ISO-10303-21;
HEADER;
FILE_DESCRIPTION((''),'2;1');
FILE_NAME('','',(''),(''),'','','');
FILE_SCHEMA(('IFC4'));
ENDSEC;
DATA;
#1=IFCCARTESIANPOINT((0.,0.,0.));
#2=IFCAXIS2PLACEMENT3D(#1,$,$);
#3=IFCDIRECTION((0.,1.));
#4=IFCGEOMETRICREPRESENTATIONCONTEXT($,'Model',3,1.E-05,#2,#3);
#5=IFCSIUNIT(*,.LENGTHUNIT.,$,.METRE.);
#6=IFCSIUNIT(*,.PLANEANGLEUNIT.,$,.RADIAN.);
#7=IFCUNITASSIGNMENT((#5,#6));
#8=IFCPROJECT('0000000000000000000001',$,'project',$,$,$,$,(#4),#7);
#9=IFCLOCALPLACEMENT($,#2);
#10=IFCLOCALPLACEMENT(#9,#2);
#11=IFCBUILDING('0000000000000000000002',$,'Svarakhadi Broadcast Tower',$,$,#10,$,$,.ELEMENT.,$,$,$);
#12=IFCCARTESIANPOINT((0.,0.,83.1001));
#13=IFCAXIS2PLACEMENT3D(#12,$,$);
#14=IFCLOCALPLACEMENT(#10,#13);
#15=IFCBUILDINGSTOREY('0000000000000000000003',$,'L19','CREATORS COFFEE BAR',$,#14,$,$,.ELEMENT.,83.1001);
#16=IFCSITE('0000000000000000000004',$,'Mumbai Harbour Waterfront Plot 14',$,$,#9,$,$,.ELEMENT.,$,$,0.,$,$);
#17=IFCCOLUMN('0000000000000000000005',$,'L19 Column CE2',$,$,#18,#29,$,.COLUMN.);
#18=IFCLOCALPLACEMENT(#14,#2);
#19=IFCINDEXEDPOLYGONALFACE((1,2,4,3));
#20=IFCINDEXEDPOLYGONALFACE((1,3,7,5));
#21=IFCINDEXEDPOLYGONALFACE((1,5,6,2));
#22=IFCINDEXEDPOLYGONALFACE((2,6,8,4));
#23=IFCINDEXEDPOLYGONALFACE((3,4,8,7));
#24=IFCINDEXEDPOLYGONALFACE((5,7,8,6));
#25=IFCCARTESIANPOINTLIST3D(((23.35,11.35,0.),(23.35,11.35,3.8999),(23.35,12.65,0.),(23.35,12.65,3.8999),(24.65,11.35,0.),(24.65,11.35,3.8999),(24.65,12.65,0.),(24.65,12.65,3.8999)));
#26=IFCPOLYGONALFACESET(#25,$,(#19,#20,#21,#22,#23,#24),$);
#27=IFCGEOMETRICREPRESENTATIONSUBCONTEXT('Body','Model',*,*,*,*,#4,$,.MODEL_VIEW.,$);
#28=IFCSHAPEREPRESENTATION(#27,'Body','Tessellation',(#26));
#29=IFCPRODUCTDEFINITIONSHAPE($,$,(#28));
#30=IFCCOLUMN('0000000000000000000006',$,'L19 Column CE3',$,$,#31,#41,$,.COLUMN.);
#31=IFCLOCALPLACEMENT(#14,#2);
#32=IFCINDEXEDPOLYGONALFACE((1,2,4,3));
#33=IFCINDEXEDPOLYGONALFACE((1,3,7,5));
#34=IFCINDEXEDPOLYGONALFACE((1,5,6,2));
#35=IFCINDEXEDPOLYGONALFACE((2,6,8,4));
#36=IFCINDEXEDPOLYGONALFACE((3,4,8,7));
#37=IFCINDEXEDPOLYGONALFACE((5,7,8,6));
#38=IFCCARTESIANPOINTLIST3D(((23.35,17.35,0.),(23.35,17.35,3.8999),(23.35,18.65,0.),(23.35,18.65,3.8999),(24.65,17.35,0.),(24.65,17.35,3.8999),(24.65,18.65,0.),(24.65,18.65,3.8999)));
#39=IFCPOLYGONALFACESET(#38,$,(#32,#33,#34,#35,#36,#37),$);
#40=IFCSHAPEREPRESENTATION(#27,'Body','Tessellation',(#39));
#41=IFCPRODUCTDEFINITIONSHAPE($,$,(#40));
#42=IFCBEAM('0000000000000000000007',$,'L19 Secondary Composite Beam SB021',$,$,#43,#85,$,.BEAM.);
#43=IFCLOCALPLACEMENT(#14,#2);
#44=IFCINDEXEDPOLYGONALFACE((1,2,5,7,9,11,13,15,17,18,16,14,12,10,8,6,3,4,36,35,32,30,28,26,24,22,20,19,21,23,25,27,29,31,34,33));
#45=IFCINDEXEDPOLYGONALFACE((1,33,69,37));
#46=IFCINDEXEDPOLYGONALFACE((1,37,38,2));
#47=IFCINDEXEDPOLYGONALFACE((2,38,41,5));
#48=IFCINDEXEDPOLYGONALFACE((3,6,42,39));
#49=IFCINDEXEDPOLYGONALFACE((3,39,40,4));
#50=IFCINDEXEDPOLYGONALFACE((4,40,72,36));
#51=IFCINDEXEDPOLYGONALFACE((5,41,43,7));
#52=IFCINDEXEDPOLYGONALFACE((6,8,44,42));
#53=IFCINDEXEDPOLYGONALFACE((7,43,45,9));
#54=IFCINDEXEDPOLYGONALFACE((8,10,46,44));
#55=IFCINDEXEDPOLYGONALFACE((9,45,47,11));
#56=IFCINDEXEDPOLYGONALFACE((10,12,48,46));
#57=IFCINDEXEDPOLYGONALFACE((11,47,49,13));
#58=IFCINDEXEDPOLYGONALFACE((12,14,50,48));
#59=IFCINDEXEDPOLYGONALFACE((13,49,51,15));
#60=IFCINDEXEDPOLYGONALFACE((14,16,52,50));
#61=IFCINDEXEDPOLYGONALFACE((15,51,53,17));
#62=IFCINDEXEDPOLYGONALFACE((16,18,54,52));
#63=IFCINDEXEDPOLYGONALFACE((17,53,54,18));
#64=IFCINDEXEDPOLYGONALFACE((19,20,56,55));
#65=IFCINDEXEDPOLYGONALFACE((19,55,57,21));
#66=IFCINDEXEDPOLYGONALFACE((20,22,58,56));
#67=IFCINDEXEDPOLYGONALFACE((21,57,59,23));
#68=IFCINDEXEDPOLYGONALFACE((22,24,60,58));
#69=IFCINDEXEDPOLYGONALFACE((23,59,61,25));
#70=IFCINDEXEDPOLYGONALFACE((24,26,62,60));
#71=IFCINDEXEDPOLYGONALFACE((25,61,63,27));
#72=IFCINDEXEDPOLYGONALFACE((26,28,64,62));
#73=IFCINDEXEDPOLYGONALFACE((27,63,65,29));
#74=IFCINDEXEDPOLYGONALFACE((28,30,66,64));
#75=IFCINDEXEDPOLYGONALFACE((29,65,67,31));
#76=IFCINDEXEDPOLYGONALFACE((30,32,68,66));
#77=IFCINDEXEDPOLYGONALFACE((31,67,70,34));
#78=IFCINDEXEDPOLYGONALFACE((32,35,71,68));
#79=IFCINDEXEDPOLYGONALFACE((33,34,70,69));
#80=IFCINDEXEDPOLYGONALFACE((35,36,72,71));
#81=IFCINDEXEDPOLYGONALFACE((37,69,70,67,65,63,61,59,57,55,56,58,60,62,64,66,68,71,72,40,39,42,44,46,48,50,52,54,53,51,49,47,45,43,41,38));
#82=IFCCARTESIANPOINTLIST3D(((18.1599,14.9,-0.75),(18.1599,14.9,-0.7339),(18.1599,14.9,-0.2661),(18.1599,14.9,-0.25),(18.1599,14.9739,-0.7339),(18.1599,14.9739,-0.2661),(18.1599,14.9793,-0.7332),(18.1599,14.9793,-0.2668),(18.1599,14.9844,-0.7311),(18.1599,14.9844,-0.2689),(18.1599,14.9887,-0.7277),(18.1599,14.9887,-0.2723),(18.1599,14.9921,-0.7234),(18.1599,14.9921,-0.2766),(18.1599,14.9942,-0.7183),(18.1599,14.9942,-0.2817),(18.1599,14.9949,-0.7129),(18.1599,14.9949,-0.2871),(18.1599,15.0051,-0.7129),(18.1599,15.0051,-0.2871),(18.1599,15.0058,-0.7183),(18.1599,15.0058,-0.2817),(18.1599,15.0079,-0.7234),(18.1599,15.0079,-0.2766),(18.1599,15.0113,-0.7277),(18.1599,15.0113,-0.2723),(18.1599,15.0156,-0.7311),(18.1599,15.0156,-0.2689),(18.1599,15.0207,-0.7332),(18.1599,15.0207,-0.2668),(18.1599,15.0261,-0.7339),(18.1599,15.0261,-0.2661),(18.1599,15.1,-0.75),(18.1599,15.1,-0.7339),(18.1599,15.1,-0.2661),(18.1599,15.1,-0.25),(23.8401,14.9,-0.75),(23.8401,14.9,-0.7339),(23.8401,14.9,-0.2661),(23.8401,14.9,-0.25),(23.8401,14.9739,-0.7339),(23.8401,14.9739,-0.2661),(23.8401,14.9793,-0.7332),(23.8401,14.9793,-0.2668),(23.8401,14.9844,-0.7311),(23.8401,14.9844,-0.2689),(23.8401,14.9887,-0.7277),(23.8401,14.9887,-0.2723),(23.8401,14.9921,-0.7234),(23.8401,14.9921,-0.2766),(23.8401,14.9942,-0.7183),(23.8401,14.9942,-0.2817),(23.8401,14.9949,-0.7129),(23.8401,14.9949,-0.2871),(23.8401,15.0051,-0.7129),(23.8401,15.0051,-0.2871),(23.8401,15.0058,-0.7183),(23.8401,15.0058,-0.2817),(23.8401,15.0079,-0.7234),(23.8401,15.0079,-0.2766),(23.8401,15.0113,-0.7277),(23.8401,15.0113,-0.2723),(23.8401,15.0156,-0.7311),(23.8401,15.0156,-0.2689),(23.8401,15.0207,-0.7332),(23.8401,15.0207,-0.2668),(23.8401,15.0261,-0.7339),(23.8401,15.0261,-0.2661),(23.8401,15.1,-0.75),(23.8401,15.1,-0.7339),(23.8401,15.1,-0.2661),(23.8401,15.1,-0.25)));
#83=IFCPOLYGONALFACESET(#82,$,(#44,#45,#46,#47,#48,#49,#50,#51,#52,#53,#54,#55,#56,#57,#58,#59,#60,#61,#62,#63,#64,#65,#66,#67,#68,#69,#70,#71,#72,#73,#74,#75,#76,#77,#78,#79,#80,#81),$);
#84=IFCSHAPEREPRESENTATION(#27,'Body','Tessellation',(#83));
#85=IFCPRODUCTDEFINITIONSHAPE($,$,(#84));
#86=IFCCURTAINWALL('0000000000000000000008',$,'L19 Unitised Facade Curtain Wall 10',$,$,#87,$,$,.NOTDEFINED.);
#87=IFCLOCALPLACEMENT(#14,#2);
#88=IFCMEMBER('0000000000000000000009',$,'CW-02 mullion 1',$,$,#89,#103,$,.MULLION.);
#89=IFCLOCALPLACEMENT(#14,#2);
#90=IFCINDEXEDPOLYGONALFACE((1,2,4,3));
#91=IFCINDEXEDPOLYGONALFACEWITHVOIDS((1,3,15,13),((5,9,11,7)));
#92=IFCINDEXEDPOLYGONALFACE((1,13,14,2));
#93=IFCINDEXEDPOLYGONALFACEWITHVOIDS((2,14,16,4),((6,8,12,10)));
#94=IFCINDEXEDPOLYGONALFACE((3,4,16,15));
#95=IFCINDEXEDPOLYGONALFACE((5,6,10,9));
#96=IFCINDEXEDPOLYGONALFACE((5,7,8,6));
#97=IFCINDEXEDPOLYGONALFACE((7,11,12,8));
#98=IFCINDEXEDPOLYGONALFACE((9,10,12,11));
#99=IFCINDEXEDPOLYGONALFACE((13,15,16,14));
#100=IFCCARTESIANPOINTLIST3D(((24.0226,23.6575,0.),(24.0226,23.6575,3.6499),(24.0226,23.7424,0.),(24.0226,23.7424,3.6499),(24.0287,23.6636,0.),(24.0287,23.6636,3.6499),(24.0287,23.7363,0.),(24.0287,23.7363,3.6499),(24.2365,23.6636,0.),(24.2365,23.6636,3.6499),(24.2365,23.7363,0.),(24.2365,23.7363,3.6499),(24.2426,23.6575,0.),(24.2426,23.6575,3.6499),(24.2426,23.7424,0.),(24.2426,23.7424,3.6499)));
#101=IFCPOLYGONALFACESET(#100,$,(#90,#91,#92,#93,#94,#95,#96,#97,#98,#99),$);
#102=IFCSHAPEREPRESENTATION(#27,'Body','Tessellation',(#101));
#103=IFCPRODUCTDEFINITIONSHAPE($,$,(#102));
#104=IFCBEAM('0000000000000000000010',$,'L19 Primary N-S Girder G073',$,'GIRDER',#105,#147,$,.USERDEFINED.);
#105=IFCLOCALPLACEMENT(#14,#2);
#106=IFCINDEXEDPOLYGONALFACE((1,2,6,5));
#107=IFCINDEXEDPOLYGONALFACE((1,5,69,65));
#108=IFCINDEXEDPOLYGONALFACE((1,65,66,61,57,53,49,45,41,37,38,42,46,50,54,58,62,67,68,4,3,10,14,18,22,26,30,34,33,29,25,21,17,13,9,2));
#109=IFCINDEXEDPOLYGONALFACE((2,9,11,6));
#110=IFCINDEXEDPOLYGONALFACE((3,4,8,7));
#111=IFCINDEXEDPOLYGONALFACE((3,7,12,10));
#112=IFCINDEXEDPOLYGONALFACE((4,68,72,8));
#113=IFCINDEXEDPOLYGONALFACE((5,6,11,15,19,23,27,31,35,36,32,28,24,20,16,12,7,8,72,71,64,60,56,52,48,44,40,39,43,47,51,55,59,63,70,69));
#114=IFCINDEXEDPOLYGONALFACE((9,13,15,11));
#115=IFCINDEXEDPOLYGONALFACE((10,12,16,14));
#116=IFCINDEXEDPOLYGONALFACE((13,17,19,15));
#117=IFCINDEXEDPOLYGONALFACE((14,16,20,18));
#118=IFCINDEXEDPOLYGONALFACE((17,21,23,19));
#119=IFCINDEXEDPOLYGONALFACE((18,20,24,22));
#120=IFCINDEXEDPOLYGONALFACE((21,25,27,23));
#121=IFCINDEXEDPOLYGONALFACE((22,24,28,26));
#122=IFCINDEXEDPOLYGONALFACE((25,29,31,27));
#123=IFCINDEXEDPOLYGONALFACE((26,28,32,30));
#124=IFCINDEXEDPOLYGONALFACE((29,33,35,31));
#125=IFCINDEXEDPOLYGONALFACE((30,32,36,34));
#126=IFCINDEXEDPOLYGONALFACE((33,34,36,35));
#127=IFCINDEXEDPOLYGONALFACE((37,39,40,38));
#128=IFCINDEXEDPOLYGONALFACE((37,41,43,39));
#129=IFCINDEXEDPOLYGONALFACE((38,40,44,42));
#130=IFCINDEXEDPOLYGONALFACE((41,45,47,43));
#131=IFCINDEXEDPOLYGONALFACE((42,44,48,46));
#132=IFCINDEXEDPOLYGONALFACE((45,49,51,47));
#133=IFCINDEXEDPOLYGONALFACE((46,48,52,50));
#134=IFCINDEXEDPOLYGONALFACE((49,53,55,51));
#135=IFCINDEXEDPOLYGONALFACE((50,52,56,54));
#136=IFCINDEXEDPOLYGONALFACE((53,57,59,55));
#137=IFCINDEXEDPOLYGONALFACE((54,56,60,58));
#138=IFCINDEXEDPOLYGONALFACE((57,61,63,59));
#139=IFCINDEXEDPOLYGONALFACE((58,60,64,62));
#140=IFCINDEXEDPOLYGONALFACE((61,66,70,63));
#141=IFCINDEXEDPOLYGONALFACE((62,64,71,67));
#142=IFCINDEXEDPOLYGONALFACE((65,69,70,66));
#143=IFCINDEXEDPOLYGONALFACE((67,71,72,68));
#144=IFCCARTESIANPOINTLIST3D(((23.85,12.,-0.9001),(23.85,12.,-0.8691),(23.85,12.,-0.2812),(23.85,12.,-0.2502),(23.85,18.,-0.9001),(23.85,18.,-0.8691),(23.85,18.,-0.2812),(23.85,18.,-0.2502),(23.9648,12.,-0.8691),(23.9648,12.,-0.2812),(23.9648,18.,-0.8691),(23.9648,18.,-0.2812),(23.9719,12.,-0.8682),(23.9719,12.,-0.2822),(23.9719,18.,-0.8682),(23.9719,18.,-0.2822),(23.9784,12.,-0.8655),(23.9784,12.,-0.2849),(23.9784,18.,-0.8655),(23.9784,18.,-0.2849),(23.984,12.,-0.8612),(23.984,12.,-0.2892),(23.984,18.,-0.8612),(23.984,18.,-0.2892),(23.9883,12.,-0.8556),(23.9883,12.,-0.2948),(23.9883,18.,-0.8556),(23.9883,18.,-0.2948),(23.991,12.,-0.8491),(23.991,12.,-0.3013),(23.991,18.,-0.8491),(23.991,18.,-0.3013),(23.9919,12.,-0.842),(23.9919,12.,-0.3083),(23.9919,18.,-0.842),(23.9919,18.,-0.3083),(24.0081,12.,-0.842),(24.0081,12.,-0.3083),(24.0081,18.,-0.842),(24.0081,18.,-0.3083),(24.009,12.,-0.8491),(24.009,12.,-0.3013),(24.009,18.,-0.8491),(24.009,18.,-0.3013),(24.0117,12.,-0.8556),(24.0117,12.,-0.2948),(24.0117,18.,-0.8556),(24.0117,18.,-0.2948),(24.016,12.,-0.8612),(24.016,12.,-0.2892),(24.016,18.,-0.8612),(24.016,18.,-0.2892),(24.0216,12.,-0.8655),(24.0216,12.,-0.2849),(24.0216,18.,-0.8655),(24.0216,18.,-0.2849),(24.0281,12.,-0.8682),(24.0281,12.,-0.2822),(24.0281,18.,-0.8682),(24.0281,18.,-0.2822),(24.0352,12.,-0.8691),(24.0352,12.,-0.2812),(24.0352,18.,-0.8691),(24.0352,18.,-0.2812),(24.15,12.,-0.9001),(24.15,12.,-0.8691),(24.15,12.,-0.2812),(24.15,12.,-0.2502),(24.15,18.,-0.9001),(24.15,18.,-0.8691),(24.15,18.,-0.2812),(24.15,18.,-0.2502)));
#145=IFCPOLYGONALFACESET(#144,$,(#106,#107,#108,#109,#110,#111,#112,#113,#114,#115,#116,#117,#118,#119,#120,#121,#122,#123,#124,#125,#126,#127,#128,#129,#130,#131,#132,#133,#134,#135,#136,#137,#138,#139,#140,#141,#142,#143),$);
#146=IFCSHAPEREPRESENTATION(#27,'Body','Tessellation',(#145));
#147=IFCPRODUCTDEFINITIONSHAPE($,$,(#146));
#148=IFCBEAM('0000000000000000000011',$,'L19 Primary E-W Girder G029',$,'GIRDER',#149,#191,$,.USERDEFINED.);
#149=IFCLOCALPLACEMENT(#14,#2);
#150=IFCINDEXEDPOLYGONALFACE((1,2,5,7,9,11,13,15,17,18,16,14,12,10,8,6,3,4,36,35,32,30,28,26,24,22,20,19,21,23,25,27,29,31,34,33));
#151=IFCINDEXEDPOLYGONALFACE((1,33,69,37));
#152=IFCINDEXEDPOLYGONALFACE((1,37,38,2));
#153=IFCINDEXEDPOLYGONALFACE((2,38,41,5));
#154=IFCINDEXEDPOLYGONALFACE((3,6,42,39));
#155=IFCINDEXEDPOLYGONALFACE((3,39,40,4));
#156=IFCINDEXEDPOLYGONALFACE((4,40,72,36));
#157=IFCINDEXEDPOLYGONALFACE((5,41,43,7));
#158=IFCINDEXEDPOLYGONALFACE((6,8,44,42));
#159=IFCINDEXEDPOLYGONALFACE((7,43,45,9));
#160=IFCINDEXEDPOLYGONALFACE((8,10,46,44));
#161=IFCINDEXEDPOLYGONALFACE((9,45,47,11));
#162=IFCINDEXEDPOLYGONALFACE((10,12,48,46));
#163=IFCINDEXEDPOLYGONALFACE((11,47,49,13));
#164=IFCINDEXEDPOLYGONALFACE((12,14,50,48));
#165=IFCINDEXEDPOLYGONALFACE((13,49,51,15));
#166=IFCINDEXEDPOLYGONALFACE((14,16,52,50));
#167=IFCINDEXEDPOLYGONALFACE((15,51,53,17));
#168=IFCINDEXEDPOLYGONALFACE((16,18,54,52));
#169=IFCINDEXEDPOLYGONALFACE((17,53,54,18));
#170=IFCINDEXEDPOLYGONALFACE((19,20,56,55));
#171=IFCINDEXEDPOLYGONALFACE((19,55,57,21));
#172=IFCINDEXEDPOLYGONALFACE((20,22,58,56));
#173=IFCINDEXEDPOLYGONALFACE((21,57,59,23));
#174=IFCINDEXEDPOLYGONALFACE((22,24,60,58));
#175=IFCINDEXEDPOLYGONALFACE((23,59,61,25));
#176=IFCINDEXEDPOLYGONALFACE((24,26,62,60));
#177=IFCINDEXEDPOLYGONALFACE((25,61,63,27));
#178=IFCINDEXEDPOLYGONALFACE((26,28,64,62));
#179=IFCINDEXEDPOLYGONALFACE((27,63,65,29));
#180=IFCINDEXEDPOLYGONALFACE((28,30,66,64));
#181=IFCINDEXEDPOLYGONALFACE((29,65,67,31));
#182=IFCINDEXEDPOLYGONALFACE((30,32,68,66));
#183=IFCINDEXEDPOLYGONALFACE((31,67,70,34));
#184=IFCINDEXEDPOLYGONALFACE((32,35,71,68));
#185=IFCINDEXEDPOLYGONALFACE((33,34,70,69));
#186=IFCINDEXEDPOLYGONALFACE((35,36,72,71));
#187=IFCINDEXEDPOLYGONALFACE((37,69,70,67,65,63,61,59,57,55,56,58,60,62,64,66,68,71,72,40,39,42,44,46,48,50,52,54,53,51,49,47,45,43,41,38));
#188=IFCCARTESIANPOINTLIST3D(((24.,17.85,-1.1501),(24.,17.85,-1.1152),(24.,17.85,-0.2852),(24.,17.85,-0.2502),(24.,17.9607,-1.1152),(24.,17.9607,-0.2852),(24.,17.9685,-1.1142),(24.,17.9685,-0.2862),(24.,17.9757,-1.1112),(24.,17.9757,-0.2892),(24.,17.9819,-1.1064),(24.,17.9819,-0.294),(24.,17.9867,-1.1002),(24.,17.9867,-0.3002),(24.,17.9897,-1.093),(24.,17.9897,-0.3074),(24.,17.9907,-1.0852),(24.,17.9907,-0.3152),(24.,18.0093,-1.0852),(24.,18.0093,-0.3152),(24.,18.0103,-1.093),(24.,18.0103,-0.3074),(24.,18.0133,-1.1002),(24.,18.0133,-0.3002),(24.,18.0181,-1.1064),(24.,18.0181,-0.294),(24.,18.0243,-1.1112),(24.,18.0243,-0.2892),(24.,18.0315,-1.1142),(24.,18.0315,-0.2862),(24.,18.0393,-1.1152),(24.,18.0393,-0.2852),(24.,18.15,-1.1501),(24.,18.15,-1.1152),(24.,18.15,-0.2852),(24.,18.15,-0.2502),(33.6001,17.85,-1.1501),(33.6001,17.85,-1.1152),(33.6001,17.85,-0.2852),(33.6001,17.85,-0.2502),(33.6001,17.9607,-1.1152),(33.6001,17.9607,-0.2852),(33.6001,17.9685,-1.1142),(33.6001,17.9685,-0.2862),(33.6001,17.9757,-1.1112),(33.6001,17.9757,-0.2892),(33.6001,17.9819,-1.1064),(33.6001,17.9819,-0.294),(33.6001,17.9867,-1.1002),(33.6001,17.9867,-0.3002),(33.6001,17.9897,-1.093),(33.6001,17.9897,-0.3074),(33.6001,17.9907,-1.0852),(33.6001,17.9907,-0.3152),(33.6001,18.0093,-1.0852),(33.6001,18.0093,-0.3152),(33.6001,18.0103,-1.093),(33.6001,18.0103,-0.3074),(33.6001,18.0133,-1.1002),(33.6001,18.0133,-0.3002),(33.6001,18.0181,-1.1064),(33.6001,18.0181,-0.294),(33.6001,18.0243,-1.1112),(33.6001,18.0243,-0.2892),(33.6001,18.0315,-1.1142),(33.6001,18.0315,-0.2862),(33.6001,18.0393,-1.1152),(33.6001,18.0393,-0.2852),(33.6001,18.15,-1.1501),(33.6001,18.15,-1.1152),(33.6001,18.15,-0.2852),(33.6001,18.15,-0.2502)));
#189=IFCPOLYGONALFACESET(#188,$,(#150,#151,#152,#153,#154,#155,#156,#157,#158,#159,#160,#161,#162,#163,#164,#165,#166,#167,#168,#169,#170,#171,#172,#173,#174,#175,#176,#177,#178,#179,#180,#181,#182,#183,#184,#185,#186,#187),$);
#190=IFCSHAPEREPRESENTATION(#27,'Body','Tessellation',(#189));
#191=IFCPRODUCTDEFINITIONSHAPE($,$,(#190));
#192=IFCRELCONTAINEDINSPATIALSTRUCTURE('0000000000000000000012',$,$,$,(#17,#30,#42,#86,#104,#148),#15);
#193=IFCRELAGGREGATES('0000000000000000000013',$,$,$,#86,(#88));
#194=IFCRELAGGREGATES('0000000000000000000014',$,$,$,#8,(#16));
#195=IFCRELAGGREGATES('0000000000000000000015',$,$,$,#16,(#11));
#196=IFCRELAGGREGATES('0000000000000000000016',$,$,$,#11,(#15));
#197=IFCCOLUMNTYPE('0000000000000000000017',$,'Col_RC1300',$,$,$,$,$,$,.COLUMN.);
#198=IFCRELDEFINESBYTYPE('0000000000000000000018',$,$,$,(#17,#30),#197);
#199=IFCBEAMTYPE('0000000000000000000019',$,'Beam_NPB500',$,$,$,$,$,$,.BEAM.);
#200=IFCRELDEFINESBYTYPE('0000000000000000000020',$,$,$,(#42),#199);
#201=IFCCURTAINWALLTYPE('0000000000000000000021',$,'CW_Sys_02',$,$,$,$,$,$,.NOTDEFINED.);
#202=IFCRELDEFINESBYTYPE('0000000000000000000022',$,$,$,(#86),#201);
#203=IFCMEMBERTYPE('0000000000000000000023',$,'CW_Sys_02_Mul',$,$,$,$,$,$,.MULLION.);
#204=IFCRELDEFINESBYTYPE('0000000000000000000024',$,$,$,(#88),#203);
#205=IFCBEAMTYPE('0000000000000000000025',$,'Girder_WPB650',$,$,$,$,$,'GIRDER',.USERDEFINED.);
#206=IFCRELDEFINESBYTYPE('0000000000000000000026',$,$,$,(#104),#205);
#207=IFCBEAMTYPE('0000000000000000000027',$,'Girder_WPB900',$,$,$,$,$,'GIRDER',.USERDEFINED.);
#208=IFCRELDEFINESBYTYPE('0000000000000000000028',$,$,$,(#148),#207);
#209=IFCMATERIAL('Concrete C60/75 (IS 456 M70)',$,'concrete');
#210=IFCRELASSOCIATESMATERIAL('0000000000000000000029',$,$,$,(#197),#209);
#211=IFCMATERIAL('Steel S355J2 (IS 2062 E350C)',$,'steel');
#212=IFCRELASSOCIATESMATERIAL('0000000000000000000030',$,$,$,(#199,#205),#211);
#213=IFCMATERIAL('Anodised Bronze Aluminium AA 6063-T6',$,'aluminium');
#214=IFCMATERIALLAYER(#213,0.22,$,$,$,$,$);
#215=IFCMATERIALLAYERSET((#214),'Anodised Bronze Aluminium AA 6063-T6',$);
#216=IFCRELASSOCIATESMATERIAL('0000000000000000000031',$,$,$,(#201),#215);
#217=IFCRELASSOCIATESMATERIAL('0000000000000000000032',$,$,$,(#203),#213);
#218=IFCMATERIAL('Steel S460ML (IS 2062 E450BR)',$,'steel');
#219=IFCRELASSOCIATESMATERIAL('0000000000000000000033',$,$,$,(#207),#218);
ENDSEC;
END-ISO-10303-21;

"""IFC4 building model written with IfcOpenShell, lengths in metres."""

from ifc_helpers import new_model, si_unit, direction, frame, origin, origin_2d, place, context, subcontext, project, spatial, rectangle, hollow_rectangle, i_section, extrude, material, layer, layer_set, material_profile, profile_set, type_object, element, aggregate, save


model = new_model("IFC4")

# Units and contexts
model_context = context("Model", 3, precision=1e-05, world=origin(), true_north=direction((0.0, 1.0)))
body_context = subcontext(model_context, "Body", "Model", "MODEL_VIEW")
ifc_project = project(units=[si_unit("LENGTHUNIT", "METRE"), si_unit("PLANEANGLEUNIT", "RADIAN")], contexts=[model_context])

# Site, building, storey
site_placement = place(None, origin())
site = spatial("IfcSite", under=ifc_project, at=site_placement, Name="Mumbai Harbour Waterfront Plot 14", CompositionType="ELEMENT", RefElevation=0.0)
building_placement = place(site_placement, origin())
building = spatial("IfcBuilding", under=site, at=building_placement, Name="Svarakhadi Broadcast Tower", CompositionType="ELEMENT")
storey_placement = place(building_placement, frame((0.0, 0.0, 83.1001)))
storey = spatial("IfcBuildingStorey", under=building, at=storey_placement, Name="L19", Description="CREATORS COFFEE BAR", CompositionType="ELEMENT", Elevation=83.1001)

# Columns
ifc_material_1 = material(Name="Concrete C60/75 (IS 456 M70)", Category="concrete")
ifc_material_profile_1 = material_profile(ifc_material_1, rectangle(XDim=1.3, YDim=1.3, at=origin_2d()), Name="RC 1300x1300")
ifc_profile_set_1 = profile_set([ifc_material_profile_1], Name="Concrete C60/75 (IS 456 M70)")
column_type = type_object("IfcColumnType", Name="Col_RC1300", PredefinedType="COLUMN", material=ifc_profile_set_1)
for number, where, z_axis, x_axis, name in (
    (1, (24.0, 12.0, 0.0), (0.0, 0.0, 1.0), (1.0, 0.0, 0.0), "L19 Column CE2"),
    (2, (24.0, 18.0, 0.0), (0.0, 0.0, 1.0), (1.0, 0.0, 0.0), "L19 Column CE3"),
):
    element("IfcColumn", number, at=place(storey_placement, frame(where, z_axis=z_axis, x_axis=x_axis)), inside=storey, type_object=column_type, Name=name, PredefinedType="COLUMN", context=body_context, shape_type="SweptSolid", body=[
        extrude(rectangle(XDim=1.3, YDim=1.3, at=origin_2d()), origin(), (0.0, 0.0, 1.0), 3.8999),
    ])

# Beam
ifc_material_2 = material(Name="Steel S355J2 (IS 2062 E350C)", Category="steel")
ifc_material_profile_2 = material_profile(ifc_material_2, i_section(OverallWidth=0.2, OverallDepth=0.5, WebThickness=0.0103, FlangeThickness=0.0161, FilletRadius=0.021, at=origin_2d()), Name="NPB 500x200x91")
ifc_profile_set_2 = profile_set([ifc_material_profile_2], Name="Steel S355J2 (IS 2062 E350C)")
beam_type_1 = type_object("IfcBeamType", Name="Beam_NPB500", PredefinedType="BEAM", material=ifc_profile_set_2)
beam_1_placement = place(storey_placement, frame((18.1599, 15.0, -0.5), z_axis=(1.0, 0.0, 0.0), x_axis=(0.0, 1.0, 0.0)))
element("IfcBeam", 3, at=beam_1_placement, inside=storey, type_object=beam_type_1, Name="L19 Secondary Composite Beam SB021", PredefinedType="BEAM", context=body_context, shape_type="SweptSolid", body=[
    extrude(i_section(OverallWidth=0.2, OverallDepth=0.5, WebThickness=0.0103, FlangeThickness=0.0161, FilletRadius=0.021, at=origin_2d()), origin(), (0.0, 0.0, 1.0), 5.6802),
])

# Curtain wall, member
ifc_material_3 = material(Name="Anodised Bronze Aluminium AA 6063-T6", Category="aluminium")
ifc_layer_1 = layer(ifc_material_3, 0.22)
ifc_layer_set_1 = layer_set([ifc_layer_1], Name="Anodised Bronze Aluminium AA 6063-T6")
curtain_wall_type = type_object("IfcCurtainWallType", Name="CW_Sys_02", PredefinedType="NOTDEFINED", material=ifc_layer_set_1)
curtain_wall_placement = place(storey_placement, origin())
curtain_wall = element("IfcCurtainWall", 4, at=curtain_wall_placement, inside=storey, type_object=curtain_wall_type, Name="L19 Unitised Facade Curtain Wall 10", PredefinedType="NOTDEFINED")
ifc_material_profile_3 = material_profile(ifc_material_3, hollow_rectangle(XDim=0.085, YDim=0.22, WallThickness=0.0061, at=origin_2d()), Name="ALU MULLION 220x85x6")
ifc_profile_set_3 = profile_set([ifc_material_profile_3], Name="Anodised Bronze Aluminium AA 6063-T6")
member_type = type_object("IfcMemberType", Name="CW_Sys_02_Mul", PredefinedType="MULLION", material=ifc_profile_set_3)
member_placement = place(storey_placement, frame((24.1326, 23.7, 0.0), z_axis=(0.0, 0.0, 1.0), x_axis=(0.0, 1.0, 0.0)))
member = element("IfcMember", 5, at=member_placement, type_object=member_type, Name="CW-02 mullion 1", PredefinedType="MULLION", context=body_context, shape_type="SweptSolid", body=[
    extrude(hollow_rectangle(XDim=0.085, YDim=0.22, WallThickness=0.0061, at=origin_2d()), origin(), (0.0, 0.0, 1.0), 3.6499),
])
aggregate(curtain_wall, [member])

# Beams
ifc_material_profile_4 = material_profile(ifc_material_2, i_section(OverallWidth=0.3, OverallDepth=0.6499, WebThickness=0.0161, FlangeThickness=0.031, FilletRadius=0.0271, at=origin_2d()), Name="WPB 650x300x225")
ifc_profile_set_4 = profile_set([ifc_material_profile_4], Name="Steel S355J2 (IS 2062 E350C)")
beam_type_2 = type_object("IfcBeamType", Name="Girder_WPB650", ElementType="GIRDER", PredefinedType="USERDEFINED", material=ifc_profile_set_4)
beam_2_placement = place(storey_placement, frame((24.0, 12.0, -0.5752), z_axis=(0.0, 1.0, 0.0), x_axis=(-1.0, 0.0, 0.0)))
element("IfcBeam", 6, at=beam_2_placement, inside=storey, type_object=beam_type_2, Name="L19 Primary N-S Girder G073", ObjectType="GIRDER", PredefinedType="USERDEFINED", context=body_context, shape_type="SweptSolid", body=[
    extrude(i_section(OverallWidth=0.3, OverallDepth=0.6499, WebThickness=0.0161, FlangeThickness=0.031, FilletRadius=0.0271, at=origin_2d()), origin(), (0.0, 0.0, 1.0), 6.0),
])
ifc_material_4 = material(Name="Steel S460ML (IS 2062 E450BR)", Category="steel")
ifc_material_profile_5 = material_profile(ifc_material_4, i_section(OverallWidth=0.3, OverallDepth=0.8999, WebThickness=0.0186, FlangeThickness=0.0349, FilletRadius=0.03, at=origin_2d()), Name="WPB 900x300x291")
ifc_profile_set_5 = profile_set([ifc_material_profile_5], Name="Steel S460ML (IS 2062 E450BR)")
beam_type_3 = type_object("IfcBeamType", Name="Girder_WPB900", ElementType="GIRDER", PredefinedType="USERDEFINED", material=ifc_profile_set_5)
beam_3_placement = place(storey_placement, frame((24.0, 18.0, -0.7002), z_axis=(1.0, 0.0, 0.0), x_axis=(0.0, 1.0, 0.0)))
element("IfcBeam", 7, at=beam_3_placement, inside=storey, type_object=beam_type_3, Name="L19 Primary E-W Girder G029", ObjectType="GIRDER", PredefinedType="USERDEFINED", context=body_context, shape_type="SweptSolid", body=[
    extrude(i_section(OverallWidth=0.3, OverallDepth=0.8999, WebThickness=0.0186, FlangeThickness=0.0349, FilletRadius=0.03, at=origin_2d()), origin(), (0.0, 0.0, 1.0), 9.6001),
])

save(model, "model.ifc")
